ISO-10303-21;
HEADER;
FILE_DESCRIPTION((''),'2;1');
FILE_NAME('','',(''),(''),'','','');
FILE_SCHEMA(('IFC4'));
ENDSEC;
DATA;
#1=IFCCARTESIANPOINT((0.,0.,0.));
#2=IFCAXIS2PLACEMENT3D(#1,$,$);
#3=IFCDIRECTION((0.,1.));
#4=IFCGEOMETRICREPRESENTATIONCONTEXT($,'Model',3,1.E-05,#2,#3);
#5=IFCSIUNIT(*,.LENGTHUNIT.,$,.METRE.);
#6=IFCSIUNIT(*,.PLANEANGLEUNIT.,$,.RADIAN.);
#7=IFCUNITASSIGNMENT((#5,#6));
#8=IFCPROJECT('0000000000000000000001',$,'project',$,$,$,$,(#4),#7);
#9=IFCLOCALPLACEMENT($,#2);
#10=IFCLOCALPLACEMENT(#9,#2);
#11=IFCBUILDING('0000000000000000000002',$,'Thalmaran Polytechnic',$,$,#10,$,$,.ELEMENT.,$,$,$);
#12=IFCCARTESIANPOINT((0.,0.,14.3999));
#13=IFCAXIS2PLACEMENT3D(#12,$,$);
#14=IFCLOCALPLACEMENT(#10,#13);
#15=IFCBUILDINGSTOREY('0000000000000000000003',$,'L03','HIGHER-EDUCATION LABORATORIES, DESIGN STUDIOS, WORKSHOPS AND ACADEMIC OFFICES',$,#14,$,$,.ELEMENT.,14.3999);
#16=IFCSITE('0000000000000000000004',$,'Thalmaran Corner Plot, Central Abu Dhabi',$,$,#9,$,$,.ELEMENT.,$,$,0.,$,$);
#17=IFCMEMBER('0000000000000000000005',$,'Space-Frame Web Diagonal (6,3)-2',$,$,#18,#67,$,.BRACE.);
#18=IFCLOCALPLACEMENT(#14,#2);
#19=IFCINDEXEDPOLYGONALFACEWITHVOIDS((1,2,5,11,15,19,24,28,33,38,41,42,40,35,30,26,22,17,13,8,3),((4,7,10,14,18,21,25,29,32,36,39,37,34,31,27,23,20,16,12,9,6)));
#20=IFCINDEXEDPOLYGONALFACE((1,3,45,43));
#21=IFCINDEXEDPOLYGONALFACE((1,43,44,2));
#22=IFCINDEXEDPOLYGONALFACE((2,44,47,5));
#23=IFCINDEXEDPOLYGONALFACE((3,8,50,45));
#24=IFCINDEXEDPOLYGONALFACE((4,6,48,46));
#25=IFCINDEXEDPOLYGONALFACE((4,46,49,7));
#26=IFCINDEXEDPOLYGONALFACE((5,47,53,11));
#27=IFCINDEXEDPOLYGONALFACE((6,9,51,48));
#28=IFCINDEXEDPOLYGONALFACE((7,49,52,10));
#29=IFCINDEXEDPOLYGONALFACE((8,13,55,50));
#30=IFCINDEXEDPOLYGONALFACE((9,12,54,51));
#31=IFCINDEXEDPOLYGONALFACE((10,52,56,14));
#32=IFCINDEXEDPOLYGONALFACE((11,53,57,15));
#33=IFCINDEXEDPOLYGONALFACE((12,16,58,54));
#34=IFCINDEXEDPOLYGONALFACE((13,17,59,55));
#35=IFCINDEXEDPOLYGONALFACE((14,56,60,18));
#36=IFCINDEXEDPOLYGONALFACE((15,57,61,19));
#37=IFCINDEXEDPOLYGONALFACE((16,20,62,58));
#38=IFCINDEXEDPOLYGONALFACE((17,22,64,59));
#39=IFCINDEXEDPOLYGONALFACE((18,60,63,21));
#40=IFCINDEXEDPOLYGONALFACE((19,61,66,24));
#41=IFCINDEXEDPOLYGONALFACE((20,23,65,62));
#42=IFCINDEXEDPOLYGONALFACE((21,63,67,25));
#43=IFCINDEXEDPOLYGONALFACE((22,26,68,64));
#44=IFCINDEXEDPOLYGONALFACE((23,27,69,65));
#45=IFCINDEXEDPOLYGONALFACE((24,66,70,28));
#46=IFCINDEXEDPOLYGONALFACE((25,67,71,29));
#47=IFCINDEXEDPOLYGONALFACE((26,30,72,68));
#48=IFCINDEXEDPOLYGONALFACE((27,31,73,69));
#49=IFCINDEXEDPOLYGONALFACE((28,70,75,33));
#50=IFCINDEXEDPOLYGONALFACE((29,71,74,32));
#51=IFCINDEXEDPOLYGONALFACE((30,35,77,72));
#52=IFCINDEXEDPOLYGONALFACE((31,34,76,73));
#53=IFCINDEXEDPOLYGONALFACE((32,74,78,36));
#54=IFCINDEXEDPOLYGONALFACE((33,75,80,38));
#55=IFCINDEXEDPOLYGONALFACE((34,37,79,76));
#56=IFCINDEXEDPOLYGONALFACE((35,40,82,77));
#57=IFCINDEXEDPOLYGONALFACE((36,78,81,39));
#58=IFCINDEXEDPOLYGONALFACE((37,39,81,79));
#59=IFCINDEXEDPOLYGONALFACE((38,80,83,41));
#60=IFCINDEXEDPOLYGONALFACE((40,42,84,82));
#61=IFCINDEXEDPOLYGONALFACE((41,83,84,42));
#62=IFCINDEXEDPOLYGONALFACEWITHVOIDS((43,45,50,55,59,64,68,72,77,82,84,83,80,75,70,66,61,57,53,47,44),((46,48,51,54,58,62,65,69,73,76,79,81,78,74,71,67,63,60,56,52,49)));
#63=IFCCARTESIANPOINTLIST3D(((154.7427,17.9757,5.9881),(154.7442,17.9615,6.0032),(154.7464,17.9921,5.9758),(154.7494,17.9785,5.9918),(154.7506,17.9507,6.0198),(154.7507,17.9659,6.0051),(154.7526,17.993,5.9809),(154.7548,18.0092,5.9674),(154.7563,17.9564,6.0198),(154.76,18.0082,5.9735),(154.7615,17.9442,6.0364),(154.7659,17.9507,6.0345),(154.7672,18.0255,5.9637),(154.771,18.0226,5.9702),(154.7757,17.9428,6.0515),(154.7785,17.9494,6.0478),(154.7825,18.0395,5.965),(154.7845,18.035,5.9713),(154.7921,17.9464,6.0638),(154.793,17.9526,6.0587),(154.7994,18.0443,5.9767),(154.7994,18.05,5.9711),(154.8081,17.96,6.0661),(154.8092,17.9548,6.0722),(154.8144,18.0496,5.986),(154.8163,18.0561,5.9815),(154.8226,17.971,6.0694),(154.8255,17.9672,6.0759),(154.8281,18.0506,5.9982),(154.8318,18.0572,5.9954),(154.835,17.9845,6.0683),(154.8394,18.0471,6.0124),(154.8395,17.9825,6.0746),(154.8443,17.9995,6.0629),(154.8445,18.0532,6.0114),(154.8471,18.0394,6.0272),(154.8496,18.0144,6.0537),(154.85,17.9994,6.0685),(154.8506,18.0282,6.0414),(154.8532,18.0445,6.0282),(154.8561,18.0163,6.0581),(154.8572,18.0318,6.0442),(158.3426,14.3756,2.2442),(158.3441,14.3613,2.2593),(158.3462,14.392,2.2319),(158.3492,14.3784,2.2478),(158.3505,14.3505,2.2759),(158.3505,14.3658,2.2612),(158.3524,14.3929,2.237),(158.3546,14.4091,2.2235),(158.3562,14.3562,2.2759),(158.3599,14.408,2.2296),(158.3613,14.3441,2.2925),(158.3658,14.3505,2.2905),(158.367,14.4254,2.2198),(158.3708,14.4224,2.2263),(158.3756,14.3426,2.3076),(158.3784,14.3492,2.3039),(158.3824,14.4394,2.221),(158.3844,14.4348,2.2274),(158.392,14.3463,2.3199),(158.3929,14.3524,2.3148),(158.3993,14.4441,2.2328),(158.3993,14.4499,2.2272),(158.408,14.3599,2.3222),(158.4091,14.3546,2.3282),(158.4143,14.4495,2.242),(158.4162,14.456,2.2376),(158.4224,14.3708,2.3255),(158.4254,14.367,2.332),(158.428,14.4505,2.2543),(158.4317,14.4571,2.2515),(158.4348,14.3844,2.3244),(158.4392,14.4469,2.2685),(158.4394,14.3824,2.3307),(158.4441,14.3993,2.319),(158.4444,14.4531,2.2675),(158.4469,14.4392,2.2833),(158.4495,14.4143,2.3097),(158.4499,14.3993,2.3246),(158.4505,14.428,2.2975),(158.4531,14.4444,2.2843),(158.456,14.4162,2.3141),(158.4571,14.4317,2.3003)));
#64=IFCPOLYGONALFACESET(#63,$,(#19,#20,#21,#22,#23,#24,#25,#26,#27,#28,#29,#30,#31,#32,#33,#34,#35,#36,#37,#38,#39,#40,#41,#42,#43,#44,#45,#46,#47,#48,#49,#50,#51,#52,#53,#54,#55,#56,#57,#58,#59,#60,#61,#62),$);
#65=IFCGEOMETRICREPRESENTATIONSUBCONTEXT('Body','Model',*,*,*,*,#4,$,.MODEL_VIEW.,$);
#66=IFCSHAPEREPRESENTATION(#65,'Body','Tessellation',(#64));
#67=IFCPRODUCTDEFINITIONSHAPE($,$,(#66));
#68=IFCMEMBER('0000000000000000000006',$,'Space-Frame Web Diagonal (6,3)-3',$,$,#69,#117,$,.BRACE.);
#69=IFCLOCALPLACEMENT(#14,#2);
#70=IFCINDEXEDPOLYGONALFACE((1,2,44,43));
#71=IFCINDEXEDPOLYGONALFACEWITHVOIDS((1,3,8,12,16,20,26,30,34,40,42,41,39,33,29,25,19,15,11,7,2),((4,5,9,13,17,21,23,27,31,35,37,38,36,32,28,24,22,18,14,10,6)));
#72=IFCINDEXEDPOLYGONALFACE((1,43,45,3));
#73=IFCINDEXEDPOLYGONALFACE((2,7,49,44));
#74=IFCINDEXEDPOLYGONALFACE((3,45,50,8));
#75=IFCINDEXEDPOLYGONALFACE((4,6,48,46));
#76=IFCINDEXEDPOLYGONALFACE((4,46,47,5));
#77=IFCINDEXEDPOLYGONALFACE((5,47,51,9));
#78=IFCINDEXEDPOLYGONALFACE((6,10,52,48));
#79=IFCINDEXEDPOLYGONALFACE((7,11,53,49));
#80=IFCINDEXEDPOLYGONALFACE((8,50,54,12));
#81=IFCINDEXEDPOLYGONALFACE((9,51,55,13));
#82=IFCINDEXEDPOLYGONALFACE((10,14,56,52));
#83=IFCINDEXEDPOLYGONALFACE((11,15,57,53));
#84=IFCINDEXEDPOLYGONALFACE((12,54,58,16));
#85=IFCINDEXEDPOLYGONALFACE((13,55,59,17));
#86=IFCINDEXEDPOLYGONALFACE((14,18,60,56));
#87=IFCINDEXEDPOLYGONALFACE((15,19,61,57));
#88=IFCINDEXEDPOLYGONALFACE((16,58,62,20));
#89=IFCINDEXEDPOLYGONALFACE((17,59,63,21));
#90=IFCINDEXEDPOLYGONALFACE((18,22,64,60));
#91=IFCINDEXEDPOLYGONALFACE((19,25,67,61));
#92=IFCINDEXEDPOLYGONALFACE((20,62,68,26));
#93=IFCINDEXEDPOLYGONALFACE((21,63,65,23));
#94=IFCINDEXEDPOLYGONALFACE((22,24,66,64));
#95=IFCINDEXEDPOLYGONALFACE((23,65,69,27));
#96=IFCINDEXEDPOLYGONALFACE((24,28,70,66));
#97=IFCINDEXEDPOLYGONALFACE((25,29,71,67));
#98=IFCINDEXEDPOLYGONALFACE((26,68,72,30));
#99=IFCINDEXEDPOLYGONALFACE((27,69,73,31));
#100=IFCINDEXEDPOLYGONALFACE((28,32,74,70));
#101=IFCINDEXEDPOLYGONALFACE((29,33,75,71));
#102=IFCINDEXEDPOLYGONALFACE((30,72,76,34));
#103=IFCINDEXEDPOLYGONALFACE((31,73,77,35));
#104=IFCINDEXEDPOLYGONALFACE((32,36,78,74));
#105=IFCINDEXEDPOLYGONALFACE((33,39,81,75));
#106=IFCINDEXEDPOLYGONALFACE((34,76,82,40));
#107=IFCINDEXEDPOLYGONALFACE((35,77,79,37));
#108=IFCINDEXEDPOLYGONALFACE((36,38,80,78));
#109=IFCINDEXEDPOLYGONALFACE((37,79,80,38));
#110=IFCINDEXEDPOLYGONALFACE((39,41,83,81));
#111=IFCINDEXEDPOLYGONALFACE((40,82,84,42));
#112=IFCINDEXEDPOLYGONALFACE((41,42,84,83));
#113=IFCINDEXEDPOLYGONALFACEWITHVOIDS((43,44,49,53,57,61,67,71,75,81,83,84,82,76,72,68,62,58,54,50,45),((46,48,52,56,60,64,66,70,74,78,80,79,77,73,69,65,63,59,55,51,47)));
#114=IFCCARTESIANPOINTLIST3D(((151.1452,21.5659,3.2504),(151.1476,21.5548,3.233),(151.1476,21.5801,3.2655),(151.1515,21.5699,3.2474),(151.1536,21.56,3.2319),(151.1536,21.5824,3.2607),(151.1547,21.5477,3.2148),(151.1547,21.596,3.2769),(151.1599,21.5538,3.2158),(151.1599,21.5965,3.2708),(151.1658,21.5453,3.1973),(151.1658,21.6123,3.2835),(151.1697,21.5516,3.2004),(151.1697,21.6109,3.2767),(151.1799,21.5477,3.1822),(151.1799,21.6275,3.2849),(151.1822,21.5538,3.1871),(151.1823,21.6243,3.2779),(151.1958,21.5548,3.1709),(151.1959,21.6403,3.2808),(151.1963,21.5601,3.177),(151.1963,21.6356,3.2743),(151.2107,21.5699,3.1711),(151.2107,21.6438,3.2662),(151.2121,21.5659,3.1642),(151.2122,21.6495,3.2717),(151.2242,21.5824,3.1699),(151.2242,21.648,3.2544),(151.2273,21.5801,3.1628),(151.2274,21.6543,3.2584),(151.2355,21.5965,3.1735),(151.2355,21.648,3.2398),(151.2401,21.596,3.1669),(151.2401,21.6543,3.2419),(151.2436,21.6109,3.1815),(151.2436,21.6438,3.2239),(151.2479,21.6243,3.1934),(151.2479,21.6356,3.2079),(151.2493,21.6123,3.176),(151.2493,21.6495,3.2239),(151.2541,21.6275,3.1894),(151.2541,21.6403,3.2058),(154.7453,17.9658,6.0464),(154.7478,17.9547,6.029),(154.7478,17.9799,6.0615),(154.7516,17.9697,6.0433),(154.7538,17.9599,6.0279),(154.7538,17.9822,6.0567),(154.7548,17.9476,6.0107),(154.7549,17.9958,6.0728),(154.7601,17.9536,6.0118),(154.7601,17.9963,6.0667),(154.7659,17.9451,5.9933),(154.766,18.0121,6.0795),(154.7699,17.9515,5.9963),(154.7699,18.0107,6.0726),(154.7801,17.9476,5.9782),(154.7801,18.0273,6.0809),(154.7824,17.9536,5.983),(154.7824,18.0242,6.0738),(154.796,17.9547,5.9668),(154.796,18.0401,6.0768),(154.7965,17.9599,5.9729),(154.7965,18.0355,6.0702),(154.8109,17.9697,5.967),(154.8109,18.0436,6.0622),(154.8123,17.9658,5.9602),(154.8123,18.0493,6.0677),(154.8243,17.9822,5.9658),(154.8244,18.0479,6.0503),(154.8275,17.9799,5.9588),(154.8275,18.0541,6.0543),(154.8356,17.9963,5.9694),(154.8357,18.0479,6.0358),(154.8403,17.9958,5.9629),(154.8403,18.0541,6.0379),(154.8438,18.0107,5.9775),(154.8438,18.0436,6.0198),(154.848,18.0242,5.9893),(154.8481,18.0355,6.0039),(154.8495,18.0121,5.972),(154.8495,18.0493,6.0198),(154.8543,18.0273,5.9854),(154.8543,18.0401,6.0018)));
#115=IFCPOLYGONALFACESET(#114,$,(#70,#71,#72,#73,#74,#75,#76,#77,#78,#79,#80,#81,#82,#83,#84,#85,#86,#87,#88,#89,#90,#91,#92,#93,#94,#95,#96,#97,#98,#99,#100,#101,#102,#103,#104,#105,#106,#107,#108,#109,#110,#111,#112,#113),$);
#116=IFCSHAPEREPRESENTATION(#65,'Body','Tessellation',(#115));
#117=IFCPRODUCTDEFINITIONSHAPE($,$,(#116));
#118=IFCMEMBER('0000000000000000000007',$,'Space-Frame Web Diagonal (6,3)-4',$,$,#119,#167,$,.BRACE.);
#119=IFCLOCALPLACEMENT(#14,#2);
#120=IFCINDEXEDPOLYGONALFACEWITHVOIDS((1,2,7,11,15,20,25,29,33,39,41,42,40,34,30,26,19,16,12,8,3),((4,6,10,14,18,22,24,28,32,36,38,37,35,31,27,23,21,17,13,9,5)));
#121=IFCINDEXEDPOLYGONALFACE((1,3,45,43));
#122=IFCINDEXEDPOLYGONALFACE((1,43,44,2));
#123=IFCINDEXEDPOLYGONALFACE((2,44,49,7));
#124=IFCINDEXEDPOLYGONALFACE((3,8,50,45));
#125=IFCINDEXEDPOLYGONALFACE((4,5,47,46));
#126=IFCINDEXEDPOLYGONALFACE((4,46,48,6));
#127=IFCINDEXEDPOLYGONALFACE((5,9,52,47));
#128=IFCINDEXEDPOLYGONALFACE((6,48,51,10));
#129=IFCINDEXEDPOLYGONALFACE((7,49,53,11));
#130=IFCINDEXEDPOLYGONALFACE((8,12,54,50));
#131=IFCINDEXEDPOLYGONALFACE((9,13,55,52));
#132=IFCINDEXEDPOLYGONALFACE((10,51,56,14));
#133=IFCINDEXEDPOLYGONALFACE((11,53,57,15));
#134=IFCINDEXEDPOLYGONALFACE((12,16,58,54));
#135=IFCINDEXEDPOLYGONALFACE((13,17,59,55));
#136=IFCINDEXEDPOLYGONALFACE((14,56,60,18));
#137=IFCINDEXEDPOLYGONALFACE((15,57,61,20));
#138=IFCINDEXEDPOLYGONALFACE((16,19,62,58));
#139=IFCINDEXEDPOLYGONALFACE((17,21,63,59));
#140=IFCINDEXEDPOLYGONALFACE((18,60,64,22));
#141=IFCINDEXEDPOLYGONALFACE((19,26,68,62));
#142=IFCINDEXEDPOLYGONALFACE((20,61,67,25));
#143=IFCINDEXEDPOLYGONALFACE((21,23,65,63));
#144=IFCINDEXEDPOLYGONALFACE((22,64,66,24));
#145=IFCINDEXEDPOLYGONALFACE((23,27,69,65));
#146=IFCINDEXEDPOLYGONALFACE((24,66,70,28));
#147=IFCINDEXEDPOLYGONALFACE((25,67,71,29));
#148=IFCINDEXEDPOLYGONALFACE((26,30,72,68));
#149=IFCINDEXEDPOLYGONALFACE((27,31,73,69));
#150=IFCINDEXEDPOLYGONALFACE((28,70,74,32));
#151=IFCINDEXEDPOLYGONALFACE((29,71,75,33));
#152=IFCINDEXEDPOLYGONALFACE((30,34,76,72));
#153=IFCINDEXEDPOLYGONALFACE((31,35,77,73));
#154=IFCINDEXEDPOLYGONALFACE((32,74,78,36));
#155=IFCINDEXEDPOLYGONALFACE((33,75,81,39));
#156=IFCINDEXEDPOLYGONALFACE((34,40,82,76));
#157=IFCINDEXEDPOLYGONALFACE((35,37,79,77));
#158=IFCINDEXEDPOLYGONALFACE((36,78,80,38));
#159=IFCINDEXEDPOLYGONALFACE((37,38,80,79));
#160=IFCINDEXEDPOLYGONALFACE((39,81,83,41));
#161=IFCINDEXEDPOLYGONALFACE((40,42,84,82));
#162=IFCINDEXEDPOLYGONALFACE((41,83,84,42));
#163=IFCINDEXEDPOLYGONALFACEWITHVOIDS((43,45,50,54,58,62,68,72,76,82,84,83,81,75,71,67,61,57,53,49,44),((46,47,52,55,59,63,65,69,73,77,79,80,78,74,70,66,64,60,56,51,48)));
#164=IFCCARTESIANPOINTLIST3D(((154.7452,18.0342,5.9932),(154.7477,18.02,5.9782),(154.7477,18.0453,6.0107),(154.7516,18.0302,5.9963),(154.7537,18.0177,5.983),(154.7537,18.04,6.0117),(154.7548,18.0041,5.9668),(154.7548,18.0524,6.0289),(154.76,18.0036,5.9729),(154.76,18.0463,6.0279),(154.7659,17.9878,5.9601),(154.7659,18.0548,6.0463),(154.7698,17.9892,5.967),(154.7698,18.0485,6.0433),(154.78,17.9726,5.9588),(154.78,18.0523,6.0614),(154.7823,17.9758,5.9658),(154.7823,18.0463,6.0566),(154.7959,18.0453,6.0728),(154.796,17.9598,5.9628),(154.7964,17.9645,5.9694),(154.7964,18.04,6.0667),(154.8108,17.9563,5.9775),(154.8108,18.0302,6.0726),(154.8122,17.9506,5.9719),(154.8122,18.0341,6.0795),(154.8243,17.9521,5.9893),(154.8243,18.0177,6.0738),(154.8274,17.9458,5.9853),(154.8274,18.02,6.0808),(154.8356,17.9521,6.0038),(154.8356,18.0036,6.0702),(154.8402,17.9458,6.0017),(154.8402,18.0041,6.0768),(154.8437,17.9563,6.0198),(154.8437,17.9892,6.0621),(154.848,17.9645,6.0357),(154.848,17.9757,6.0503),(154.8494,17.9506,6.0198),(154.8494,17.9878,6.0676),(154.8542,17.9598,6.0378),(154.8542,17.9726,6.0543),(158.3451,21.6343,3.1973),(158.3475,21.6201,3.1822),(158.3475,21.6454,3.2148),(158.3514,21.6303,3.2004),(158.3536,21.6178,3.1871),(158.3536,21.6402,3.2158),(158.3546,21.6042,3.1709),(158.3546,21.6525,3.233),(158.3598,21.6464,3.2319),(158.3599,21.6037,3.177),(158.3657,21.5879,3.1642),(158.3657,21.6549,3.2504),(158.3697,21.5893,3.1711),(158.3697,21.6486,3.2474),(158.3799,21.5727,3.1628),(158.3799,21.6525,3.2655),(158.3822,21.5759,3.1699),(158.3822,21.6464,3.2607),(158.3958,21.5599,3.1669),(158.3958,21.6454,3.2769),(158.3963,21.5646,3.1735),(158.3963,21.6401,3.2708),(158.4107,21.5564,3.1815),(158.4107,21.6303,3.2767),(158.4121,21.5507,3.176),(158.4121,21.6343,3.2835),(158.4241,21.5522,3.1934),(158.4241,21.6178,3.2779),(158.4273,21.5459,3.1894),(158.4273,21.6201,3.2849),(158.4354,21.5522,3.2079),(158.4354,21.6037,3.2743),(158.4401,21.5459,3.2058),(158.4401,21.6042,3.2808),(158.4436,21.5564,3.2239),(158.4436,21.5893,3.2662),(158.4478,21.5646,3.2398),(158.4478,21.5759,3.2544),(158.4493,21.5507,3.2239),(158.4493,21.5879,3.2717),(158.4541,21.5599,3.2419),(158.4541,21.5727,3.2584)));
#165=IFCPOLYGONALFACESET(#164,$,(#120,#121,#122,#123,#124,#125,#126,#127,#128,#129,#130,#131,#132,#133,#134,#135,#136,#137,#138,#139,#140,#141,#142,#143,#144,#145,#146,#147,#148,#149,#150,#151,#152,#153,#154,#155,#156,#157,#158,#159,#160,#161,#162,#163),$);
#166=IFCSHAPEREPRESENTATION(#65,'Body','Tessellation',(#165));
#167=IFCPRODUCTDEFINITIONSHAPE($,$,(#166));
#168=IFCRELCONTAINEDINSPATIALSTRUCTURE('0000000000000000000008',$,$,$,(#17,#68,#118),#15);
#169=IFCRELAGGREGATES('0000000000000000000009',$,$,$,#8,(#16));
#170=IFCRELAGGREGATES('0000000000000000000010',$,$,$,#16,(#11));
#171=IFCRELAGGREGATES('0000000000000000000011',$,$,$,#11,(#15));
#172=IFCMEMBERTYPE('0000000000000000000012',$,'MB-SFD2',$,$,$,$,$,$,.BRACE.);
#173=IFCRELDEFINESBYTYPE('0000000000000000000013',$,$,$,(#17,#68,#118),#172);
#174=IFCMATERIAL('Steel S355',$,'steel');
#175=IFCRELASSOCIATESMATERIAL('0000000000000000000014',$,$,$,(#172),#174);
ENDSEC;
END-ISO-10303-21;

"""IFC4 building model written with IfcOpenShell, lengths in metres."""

from ifc_helpers import new_model, si_unit, direction, frame, origin, origin_2d, place, context, subcontext, project, spatial, hollow_circle, extrude, material, material_profile, profile_set, type_object, element, save


model = new_model("IFC4")

# Units and contexts
model_context = context("Model", 3, precision=1e-05, world=origin(), true_north=direction((0.0, 1.0)))
body_context = subcontext(model_context, "Body", "Model", "MODEL_VIEW")
ifc_project = project(units=[si_unit("LENGTHUNIT", "METRE"), si_unit("PLANEANGLEUNIT", "RADIAN")], contexts=[model_context])

# Site, building, storey
site_placement = place(None, origin())
site = spatial("IfcSite", under=ifc_project, at=site_placement, Name="Thalmaran Corner Plot, Central Abu Dhabi", CompositionType="ELEMENT", RefElevation=0.0)
building_placement = place(site_placement, origin())
building = spatial("IfcBuilding", under=site, at=building_placement, Name="Thalmaran Polytechnic", CompositionType="ELEMENT")
storey_placement = place(building_placement, frame((0.0, 0.0, 14.3999)))
storey = spatial("IfcBuildingStorey", under=building, at=storey_placement, Name="L03", Description="HIGHER-EDUCATION LABORATORIES, DESIGN STUDIOS, WORKSHOPS AND ACADEMIC OFFICES", CompositionType="ELEMENT", Elevation=14.3999)

# Members
ifc_material = material(Name="Steel S355", Category="steel")
ifc_material_profile_1 = material_profile(ifc_material, hollow_circle(Radius=0.0698, WallThickness=0.0081, at=origin_2d()), Name="CHS 139.7x8.0")
ifc_profile_set_1 = profile_set([ifc_material_profile_1], Name="Steel S355")
member_type_1 = type_object("IfcMemberType", Name="MB-SFD2", PredefinedType="BRACE", material=ifc_profile_set_1)
member_1_placement = place(storey_placement, frame((158.3999, 14.3999, 2.2759), z_axis=(-0.56964, 0.569678, 0.592433), x_axis=(-0.707131, -0.707083, 0.0)))
element("IfcMember", 1, at=member_1_placement, inside=storey, type_object=member_type_1, Name="Space-Frame Web Diagonal (6,3)-2", PredefinedType="BRACE", context=body_context, shape_type="SweptSolid", body=[
    extrude(hollow_circle(Radius=0.0698, WallThickness=0.0081, at=origin_2d()), origin(), (0.0, 0.0, 1.0), 6.3196),
])
member_2_placement = place(storey_placement, frame((151.2, 21.6001, 3.2239), z_axis=(0.6198, -0.6198, 0.481348), x_axis=(0.707107, 0.707107, 0.0)))
element("IfcMember", 2, at=member_2_placement, inside=storey, type_object=member_type_1, Name="Space-Frame Web Diagonal (6,3)-3", PredefinedType="BRACE", context=body_context, shape_type="SweptSolid", body=[
    extrude(hollow_circle(Radius=0.0698, WallThickness=0.0081, at=origin_2d()), origin(), (0.0, 0.0, 1.0), 5.8086),
])
member_3_placement = place(storey_placement, frame((158.3999, 21.6001, 3.2239), z_axis=(-0.619774, -0.619816, 0.48136), x_axis=(0.707131, -0.707083, 0.0)))
element("IfcMember", 3, at=member_3_placement, inside=storey, type_object=member_type_1, Name="Space-Frame Web Diagonal (6,3)-4", PredefinedType="BRACE", context=body_context, shape_type="SweptSolid", body=[
    extrude(hollow_circle(Radius=0.0698, WallThickness=0.0081, at=origin_2d()), origin(), (0.0, 0.0, 1.0), 5.8083),
])

save(model, "model.ifc")
